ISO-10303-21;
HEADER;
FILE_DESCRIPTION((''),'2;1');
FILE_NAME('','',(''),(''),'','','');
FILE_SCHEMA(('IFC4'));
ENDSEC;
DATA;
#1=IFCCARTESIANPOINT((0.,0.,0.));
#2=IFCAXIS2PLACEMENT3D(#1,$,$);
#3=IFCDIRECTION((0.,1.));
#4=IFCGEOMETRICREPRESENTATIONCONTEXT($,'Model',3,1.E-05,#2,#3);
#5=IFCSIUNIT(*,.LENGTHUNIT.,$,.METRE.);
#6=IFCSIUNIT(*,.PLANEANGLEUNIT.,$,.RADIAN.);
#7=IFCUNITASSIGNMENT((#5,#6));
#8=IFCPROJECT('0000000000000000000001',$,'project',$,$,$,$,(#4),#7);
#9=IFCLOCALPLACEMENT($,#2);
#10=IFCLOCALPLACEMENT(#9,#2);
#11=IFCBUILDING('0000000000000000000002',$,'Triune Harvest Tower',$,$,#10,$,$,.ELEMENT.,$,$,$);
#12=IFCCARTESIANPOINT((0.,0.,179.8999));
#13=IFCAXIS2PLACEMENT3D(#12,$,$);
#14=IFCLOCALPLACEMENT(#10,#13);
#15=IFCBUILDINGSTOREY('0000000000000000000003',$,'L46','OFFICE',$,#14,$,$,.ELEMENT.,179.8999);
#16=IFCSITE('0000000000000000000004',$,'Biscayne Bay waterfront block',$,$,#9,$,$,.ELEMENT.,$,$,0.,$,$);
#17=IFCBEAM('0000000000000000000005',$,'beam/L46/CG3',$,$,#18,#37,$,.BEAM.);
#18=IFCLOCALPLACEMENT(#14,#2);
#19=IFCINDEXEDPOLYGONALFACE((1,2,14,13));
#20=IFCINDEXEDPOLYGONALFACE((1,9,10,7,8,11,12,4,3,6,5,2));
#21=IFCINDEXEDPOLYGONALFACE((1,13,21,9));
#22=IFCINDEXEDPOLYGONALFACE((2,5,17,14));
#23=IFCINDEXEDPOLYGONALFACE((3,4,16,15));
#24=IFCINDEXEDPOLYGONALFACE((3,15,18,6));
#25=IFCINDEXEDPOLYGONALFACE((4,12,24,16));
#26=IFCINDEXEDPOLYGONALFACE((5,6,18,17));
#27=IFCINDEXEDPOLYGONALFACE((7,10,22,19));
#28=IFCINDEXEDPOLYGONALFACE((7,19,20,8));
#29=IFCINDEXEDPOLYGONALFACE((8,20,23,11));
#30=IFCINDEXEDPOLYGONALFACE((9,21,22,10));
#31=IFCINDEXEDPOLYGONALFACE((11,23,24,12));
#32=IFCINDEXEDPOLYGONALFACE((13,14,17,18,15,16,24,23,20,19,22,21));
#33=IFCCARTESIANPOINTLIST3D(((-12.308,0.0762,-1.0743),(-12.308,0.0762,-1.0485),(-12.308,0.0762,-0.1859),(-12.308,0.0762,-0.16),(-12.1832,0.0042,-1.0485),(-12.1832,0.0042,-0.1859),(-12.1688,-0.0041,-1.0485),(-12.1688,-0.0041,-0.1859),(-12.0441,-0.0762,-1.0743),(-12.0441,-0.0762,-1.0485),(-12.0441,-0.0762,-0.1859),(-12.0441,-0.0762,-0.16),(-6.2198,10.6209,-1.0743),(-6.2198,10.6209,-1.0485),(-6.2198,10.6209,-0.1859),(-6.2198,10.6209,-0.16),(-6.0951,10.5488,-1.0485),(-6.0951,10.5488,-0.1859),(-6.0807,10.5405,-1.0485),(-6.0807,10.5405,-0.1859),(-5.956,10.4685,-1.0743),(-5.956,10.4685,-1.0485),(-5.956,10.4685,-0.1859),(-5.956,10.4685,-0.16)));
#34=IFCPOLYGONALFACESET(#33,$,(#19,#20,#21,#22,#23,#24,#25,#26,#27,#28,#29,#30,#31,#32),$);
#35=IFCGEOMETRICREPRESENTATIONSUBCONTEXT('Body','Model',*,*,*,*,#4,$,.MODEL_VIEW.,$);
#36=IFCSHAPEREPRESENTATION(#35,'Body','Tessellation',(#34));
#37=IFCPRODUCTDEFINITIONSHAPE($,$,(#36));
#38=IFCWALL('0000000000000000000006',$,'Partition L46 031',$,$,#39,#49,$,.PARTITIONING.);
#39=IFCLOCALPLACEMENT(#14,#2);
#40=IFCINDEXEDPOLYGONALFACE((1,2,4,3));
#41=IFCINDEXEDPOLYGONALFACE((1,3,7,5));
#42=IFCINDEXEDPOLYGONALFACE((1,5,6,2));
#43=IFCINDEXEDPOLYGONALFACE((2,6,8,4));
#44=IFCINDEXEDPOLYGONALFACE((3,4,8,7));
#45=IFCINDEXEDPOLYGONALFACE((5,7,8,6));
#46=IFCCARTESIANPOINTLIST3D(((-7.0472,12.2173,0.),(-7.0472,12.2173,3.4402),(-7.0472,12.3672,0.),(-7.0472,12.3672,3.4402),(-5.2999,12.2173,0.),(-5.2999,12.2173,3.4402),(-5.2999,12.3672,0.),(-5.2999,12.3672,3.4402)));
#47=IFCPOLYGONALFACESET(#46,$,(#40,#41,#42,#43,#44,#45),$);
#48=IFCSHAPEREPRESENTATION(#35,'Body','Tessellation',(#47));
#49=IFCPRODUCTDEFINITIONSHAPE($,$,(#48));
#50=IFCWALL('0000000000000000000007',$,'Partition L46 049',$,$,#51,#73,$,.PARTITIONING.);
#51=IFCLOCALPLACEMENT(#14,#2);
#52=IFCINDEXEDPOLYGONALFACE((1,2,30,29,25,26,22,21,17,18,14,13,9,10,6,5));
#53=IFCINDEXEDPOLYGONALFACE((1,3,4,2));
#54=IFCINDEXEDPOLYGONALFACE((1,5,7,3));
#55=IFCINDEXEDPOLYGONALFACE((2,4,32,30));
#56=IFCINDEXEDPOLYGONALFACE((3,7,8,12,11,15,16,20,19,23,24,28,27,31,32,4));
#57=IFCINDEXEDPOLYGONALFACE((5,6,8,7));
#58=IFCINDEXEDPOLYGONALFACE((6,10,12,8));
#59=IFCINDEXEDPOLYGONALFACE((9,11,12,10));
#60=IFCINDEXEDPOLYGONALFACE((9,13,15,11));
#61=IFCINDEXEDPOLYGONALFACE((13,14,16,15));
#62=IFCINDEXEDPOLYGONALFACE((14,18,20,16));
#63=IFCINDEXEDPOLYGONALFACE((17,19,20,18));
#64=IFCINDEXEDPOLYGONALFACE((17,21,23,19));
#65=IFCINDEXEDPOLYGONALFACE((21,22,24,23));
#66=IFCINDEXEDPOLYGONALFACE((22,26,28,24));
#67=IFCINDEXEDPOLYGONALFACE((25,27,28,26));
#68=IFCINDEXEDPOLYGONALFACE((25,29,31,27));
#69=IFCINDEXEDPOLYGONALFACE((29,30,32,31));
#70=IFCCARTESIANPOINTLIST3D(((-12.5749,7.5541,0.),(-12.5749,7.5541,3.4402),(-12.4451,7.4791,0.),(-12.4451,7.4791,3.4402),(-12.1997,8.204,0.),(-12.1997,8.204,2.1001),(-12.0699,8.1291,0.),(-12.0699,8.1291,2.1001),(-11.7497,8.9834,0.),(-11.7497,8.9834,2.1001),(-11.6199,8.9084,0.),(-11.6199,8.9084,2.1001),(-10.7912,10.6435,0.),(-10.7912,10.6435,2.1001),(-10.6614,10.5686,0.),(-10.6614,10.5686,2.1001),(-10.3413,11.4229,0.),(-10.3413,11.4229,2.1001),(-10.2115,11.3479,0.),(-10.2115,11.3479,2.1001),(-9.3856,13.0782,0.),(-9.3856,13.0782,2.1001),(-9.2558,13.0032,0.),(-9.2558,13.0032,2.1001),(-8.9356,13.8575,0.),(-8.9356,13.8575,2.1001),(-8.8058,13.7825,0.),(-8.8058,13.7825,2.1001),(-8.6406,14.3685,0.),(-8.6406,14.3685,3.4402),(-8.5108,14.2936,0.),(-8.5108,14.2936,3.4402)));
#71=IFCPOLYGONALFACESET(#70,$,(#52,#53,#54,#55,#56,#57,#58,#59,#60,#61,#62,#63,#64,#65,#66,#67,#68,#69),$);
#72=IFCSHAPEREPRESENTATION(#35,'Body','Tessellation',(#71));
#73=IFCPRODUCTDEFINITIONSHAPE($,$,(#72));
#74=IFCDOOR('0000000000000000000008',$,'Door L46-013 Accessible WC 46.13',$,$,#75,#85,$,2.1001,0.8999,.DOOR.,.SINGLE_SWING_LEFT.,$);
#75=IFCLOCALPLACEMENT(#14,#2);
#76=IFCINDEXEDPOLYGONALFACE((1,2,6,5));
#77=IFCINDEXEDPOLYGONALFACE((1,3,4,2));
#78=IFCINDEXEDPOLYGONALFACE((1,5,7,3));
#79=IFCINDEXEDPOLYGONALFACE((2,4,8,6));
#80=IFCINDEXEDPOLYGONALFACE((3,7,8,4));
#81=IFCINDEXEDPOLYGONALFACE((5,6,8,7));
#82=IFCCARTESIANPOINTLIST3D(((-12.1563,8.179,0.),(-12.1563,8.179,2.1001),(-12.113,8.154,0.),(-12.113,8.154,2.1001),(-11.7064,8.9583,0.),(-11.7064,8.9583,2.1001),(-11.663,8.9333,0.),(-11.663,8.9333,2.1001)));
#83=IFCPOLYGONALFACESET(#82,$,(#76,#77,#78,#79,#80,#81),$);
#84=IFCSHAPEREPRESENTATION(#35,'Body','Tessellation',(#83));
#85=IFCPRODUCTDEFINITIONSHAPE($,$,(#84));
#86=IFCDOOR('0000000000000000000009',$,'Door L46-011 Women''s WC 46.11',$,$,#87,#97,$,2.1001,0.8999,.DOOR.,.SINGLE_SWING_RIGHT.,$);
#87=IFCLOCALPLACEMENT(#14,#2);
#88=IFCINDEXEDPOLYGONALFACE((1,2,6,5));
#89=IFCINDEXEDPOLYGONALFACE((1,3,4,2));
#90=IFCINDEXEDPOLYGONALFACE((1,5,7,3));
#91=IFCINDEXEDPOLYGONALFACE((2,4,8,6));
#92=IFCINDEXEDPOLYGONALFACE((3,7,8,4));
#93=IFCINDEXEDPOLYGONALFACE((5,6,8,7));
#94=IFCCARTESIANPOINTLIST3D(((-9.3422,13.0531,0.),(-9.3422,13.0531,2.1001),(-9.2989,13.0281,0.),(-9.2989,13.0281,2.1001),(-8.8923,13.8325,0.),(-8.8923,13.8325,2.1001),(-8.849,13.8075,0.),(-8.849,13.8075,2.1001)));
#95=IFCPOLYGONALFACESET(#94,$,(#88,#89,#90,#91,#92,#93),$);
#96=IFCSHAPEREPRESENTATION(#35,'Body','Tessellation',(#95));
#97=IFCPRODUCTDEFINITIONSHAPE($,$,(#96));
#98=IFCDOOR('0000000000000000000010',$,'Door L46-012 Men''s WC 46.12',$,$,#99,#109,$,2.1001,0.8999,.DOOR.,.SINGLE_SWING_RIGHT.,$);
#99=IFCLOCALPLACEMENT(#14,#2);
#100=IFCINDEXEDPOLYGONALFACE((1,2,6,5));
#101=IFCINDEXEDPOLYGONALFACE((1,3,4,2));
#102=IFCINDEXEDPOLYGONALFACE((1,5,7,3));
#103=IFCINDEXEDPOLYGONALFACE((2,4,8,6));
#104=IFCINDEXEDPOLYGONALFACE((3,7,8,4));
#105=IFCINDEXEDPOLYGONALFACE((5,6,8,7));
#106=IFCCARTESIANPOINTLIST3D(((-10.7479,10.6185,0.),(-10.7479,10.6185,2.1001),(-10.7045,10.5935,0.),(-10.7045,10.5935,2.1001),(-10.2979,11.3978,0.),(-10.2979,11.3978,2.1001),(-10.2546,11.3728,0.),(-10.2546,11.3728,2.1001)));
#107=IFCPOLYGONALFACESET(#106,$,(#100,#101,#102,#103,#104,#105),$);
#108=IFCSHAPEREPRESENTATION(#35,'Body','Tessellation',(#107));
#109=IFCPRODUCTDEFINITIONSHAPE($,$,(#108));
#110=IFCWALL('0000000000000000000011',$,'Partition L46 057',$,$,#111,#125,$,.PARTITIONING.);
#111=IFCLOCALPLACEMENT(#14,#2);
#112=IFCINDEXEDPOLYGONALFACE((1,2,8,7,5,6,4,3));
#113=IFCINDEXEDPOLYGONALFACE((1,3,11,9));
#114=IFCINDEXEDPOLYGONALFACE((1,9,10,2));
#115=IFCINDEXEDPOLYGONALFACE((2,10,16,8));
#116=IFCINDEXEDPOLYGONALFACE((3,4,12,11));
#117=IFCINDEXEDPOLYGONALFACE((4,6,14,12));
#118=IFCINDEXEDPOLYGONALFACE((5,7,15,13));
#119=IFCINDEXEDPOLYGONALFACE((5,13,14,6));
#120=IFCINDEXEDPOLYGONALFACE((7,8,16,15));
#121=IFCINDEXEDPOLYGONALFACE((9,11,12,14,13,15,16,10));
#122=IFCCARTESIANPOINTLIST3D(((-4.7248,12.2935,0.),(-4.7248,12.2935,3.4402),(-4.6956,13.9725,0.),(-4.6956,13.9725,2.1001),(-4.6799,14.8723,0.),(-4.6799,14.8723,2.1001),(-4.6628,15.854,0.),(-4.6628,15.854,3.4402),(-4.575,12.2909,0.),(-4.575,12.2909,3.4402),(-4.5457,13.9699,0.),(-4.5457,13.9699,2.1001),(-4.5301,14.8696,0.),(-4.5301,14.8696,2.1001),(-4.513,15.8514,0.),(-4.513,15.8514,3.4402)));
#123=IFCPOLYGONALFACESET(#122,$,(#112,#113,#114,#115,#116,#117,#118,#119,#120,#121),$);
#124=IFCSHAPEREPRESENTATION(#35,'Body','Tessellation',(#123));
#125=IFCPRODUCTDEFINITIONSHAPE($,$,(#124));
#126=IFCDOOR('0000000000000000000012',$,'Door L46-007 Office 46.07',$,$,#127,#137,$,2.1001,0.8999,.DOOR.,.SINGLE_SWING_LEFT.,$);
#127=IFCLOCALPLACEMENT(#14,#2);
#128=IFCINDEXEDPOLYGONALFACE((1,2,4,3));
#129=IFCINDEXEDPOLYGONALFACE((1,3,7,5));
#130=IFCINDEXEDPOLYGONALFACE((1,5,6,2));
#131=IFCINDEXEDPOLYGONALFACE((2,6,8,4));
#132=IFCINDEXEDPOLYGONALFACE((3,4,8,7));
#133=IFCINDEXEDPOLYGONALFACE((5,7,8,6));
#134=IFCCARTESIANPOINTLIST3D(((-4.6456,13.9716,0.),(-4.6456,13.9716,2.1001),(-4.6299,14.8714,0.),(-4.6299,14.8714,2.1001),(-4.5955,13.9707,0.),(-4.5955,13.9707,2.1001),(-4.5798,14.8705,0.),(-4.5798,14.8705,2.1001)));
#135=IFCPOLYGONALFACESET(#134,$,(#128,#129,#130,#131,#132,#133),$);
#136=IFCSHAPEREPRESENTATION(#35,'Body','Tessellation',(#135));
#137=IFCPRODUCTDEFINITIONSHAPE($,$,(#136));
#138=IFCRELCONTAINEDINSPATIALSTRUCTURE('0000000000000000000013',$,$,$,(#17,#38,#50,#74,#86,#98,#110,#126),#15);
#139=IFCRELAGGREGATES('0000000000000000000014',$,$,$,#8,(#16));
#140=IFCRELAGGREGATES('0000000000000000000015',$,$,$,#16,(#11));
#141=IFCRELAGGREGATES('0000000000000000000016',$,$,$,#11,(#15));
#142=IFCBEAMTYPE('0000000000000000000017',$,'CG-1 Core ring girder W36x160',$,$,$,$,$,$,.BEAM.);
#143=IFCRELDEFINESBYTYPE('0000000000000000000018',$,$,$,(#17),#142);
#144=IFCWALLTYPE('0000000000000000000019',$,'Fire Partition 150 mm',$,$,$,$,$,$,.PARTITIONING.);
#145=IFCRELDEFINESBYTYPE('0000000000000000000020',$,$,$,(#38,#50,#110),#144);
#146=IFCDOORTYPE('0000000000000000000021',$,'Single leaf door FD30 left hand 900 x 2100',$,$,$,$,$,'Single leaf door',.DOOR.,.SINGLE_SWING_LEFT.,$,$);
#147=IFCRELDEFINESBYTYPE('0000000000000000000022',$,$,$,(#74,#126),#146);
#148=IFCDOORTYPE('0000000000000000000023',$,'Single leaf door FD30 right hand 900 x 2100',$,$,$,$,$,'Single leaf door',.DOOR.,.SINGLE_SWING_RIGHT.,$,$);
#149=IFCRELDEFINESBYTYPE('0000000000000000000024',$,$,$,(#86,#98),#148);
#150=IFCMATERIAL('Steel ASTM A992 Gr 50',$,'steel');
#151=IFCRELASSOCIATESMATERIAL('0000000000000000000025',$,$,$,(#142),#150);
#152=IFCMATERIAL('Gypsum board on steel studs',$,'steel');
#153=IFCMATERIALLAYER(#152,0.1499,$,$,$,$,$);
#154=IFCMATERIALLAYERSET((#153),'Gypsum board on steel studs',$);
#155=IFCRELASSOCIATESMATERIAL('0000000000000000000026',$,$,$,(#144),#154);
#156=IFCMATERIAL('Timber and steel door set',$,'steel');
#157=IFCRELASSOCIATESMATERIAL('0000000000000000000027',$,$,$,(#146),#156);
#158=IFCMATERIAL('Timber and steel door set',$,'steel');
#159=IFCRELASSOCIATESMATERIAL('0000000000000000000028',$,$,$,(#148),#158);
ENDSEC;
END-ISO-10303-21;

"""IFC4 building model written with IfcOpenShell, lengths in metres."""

from ifc_helpers import new_model, si_unit, direction, frame, frame_2d, origin, origin_2d, place, context, subcontext, project, spatial, rectangle, i_section, extrude, source, transform, mapped, material, layer, layer_set, material_profile, profile_set, type_object, element, fill, save


model = new_model("IFC4")

# Units and contexts
model_context = context("Model", 3, precision=1e-05, world=origin(), true_north=direction((0.0, 1.0)))
body_context = subcontext(model_context, "Body", "Model", "MODEL_VIEW")
ifc_project = project(units=[si_unit("LENGTHUNIT", "METRE"), si_unit("PLANEANGLEUNIT", "RADIAN")], contexts=[model_context])

# Site, building, storey
site_placement = place(None, origin())
site = spatial("IfcSite", under=ifc_project, at=site_placement, Name="Biscayne Bay waterfront block", CompositionType="ELEMENT", RefElevation=0.0)
building_placement = place(site_placement, origin())
building = spatial("IfcBuilding", under=site, at=building_placement, Name="Triune Harvest Tower", CompositionType="ELEMENT")
storey_placement = place(building_placement, frame((0.0, 0.0, 179.8999)))
storey = spatial("IfcBuildingStorey", under=building, at=storey_placement, Name="L46", Description="OFFICE", CompositionType="ELEMENT", Elevation=179.8999)

# Beam
ifc_material_1 = material(Name="Steel ASTM A992 Gr 50", Category="steel")
ifc_material_profile = material_profile(ifc_material_1, i_section(OverallWidth=0.3047, OverallDepth=0.9143, WebThickness=0.0166, FlangeThickness=0.0259, at=origin_2d()), Name="W36x160")
ifc_profile_set = profile_set([ifc_material_profile], Name="Steel ASTM A992 Gr 50")
beam_type = type_object("IfcBeamType", Name="CG-1 Core ring girder W36x160", PredefinedType="BEAM", material=ifc_profile_set)
shared_shape_1 = source(origin(), body_context, "Body", "SweptSolid", [
    extrude(i_section(OverallWidth=0.3047, OverallDepth=0.9143, WebThickness=0.0166, FlangeThickness=0.0259, at=origin_2d()), origin(), (0.0, 0.0, 1.0), 12.176),
])
beam_placement = place(storey_placement, frame((-6.0879, 10.5447, -0.6172), z_axis=(-0.50001, -0.86602, 0.0), x_axis=(0.86602, -0.50001, 0.0)))
element("IfcBeam", 1, at=beam_placement, inside=storey, type_object=beam_type, Name="beam/L46/CG3", PredefinedType="BEAM", context=body_context, shape_type="MappedRepresentation", body=[
    mapped(shared_shape_1, transform((0.0, 0.0, 0.0), scale=1.0)),
])

# Wall
ifc_material_2 = material(Name="Gypsum board on steel studs", Category="steel")
ifc_layer_1 = layer(ifc_material_2, 0.1499)
ifc_layer_set_1 = layer_set([ifc_layer_1], Name="Gypsum board on steel studs")
wall_type_1 = type_object("IfcWallType", Name="Fire Partition 150 mm", PredefinedType="PARTITIONING", material=ifc_layer_set_1)
wall_1_placement = place(storey_placement, frame((-7.0471, 12.2922, 0.0), z_axis=(0.0, 0.0, 1.0), x_axis=(1.0, 0.0, 0.0)))
element("IfcWall", 2, at=wall_1_placement, inside=storey, type_object=wall_type_1, Name="Partition L46 031", PredefinedType="PARTITIONING", context=body_context, shape_type="SweptSolid", body=[
    extrude(rectangle(XDim=1.7473, YDim=0.1499, at=frame_2d((0.8735, 0.0))), origin(), (0.0, 0.0, 1.0), 3.4402),
])

# Wall, openings, doors
wall_2_placement = place(storey_placement, frame((-12.51, 7.5166, 0.0), z_axis=(0.0, 0.0, 1.0), x_axis=(0.5, 0.866025, 0.0)))
wall_2 = element("IfcWall", 3, at=wall_2_placement, inside=storey, type_object=wall_type_1, Name="Partition L46 049", PredefinedType="PARTITIONING", context=body_context, shape_type="SweptSolid", body=[
    extrude(rectangle(XDim=7.8687, YDim=0.1499, at=frame_2d((3.9343, 0.0))), origin(), (0.0, 0.0, 1.0), 3.4402),
])
opening_1_placement = place(wall_2_placement, frame((6.3787, 0.0, 0.0)))
opening_1 = element("IfcOpeningElement", 4, at=opening_1_placement, cuts=wall_2, PredefinedType="OPENING", context=body_context, shape_type="SweptSolid", body=[
    extrude(rectangle(XDim=0.8999, YDim=2.1001, at=frame_2d((0.45, 1.05))), frame((0.0, 0.085, 0.0), z_axis=(0.0, -1.0, 0.0), x_axis=(1.0, 0.0, 0.0)), (0.0, 0.0, 1.0), 0.1699),
])
opening_2_placement = place(wall_2_placement, frame((3.5674, 0.0, 0.0)))
opening_2 = element("IfcOpeningElement", 5, at=opening_2_placement, cuts=wall_2, PredefinedType="OPENING", context=body_context, shape_type="SweptSolid", body=[
    extrude(rectangle(XDim=0.8999, YDim=2.1001, at=frame_2d((0.45, 1.05))), frame((0.0, 0.085, 0.0), z_axis=(0.0, -1.0, 0.0), x_axis=(1.0, 0.0, 0.0)), (0.0, 0.0, 1.0), 0.1699),
])
opening_3_placement = place(wall_2_placement, frame((0.7505, 0.0, 0.0)))
opening_3 = element("IfcOpeningElement", 6, at=opening_3_placement, cuts=wall_2, PredefinedType="OPENING", context=body_context, shape_type="SweptSolid", body=[
    extrude(rectangle(XDim=0.8999, YDim=2.1001, at=frame_2d((0.45, 1.05))), frame((0.0, 0.085, 0.0), z_axis=(0.0, -1.0, 0.0), x_axis=(1.0, 0.0, 0.0)), (0.0, 0.0, 1.0), 0.1699),
])
ifc_material_3 = material(Name="Timber and steel door set", Category="steel")
door_type_1 = type_object("IfcDoorType", Name="Single leaf door FD30 left hand 900 x 2100", ElementType="Single leaf door", OperationType="SINGLE_SWING_LEFT", PredefinedType="DOOR", material=ifc_material_3)
door_1_placement = place(opening_3_placement, origin())
door_1 = element("IfcDoor", 7, at=door_1_placement, inside=storey, type_object=door_type_1, Name="Door L46-013 Accessible WC 46.13", OperationType="SINGLE_SWING_LEFT", OverallHeight=2.1001, OverallWidth=0.8999, PredefinedType="DOOR", context=body_context, shape_type="SweptSolid", body=[
    extrude(rectangle(XDim=0.8999, YDim=2.1001, at=frame_2d((0.45, 1.05))), frame((0.0, 0.0249, 0.0), z_axis=(0.0, -1.0, 0.0), x_axis=(1.0, 0.0, 0.0)), (0.0, 0.0, 1.0), 0.05),
])
fill(opening_3, door_1)
ifc_material_4 = material(Name="Timber and steel door set", Category="steel")
door_type_2 = type_object("IfcDoorType", Name="Single leaf door FD30 right hand 900 x 2100", ElementType="Single leaf door", OperationType="SINGLE_SWING_RIGHT", PredefinedType="DOOR", material=ifc_material_4)
door_2_placement = place(opening_1_placement, origin())
door_2 = element("IfcDoor", 8, at=door_2_placement, inside=storey, type_object=door_type_2, Name="Door L46-011 Women's WC 46.11", OperationType="SINGLE_SWING_RIGHT", OverallHeight=2.1001, OverallWidth=0.8999, PredefinedType="DOOR", context=body_context, shape_type="SweptSolid", body=[
    extrude(rectangle(XDim=0.8999, YDim=2.1001, at=frame_2d((0.45, 1.05))), frame((0.0, 0.0249, 0.0), z_axis=(0.0, -1.0, 0.0), x_axis=(1.0, 0.0, 0.0)), (0.0, 0.0, 1.0), 0.05),
])
fill(opening_1, door_2)
door_3_placement = place(opening_2_placement, origin())
door_3 = element("IfcDoor", 9, at=door_3_placement, inside=storey, type_object=door_type_2, Name="Door L46-012 Men's WC 46.12", OperationType="SINGLE_SWING_RIGHT", OverallHeight=2.1001, OverallWidth=0.8999, PredefinedType="DOOR", context=body_context, shape_type="SweptSolid", body=[
    extrude(rectangle(XDim=0.8999, YDim=2.1001, at=frame_2d((0.45, 1.05))), frame((0.0, 0.0249, 0.0), z_axis=(0.0, -1.0, 0.0), x_axis=(1.0, 0.0, 0.0)), (0.0, 0.0, 1.0), 0.05),
])
fill(opening_2, door_3)

# Wall, opening, door
wall_3_placement = place(storey_placement, frame((-4.6499, 12.2922, 0.0), z_axis=(0.0, 0.0, 1.0), x_axis=(0.017414, 0.999848, 0.0)))
wall_3 = element("IfcWall", 10, at=wall_3_placement, inside=storey, type_object=wall_type_1, Name="Partition L46 057", PredefinedType="PARTITIONING", context=body_context, shape_type="SweptSolid", body=[
    extrude(rectangle(XDim=3.561, YDim=0.1499, at=frame_2d((1.7805, 0.0))), origin(), (0.0, 0.0, 1.0), 3.4402),
])
opening_4_placement = place(wall_3_placement, frame((1.6792, 0.0, 0.0)))
opening_4 = element("IfcOpeningElement", 11, at=opening_4_placement, cuts=wall_3, PredefinedType="OPENING", context=body_context, shape_type="SweptSolid", body=[
    extrude(rectangle(XDim=0.8999, YDim=2.1001, at=frame_2d((0.45, 1.05))), frame((0.0, 0.085, 0.0), z_axis=(0.0, -1.0, 0.0), x_axis=(1.0, 0.0, 0.0)), (0.0, 0.0, 1.0), 0.1699),
])
door_4_placement = place(opening_4_placement, origin())
door_4 = element("IfcDoor", 12, at=door_4_placement, inside=storey, type_object=door_type_1, Name="Door L46-007 Office 46.07", OperationType="SINGLE_SWING_LEFT", OverallHeight=2.1001, OverallWidth=0.8999, PredefinedType="DOOR", context=body_context, shape_type="SweptSolid", body=[
    extrude(rectangle(XDim=0.8999, YDim=2.1001, at=frame_2d((0.45, 1.05))), frame((0.0, 0.0249, 0.0), z_axis=(0.0, -1.0, 0.0), x_axis=(1.0, 0.0, 0.0)), (0.0, 0.0, 1.0), 0.05),
])
fill(opening_4, door_4)

save(model, "model.ifc")
